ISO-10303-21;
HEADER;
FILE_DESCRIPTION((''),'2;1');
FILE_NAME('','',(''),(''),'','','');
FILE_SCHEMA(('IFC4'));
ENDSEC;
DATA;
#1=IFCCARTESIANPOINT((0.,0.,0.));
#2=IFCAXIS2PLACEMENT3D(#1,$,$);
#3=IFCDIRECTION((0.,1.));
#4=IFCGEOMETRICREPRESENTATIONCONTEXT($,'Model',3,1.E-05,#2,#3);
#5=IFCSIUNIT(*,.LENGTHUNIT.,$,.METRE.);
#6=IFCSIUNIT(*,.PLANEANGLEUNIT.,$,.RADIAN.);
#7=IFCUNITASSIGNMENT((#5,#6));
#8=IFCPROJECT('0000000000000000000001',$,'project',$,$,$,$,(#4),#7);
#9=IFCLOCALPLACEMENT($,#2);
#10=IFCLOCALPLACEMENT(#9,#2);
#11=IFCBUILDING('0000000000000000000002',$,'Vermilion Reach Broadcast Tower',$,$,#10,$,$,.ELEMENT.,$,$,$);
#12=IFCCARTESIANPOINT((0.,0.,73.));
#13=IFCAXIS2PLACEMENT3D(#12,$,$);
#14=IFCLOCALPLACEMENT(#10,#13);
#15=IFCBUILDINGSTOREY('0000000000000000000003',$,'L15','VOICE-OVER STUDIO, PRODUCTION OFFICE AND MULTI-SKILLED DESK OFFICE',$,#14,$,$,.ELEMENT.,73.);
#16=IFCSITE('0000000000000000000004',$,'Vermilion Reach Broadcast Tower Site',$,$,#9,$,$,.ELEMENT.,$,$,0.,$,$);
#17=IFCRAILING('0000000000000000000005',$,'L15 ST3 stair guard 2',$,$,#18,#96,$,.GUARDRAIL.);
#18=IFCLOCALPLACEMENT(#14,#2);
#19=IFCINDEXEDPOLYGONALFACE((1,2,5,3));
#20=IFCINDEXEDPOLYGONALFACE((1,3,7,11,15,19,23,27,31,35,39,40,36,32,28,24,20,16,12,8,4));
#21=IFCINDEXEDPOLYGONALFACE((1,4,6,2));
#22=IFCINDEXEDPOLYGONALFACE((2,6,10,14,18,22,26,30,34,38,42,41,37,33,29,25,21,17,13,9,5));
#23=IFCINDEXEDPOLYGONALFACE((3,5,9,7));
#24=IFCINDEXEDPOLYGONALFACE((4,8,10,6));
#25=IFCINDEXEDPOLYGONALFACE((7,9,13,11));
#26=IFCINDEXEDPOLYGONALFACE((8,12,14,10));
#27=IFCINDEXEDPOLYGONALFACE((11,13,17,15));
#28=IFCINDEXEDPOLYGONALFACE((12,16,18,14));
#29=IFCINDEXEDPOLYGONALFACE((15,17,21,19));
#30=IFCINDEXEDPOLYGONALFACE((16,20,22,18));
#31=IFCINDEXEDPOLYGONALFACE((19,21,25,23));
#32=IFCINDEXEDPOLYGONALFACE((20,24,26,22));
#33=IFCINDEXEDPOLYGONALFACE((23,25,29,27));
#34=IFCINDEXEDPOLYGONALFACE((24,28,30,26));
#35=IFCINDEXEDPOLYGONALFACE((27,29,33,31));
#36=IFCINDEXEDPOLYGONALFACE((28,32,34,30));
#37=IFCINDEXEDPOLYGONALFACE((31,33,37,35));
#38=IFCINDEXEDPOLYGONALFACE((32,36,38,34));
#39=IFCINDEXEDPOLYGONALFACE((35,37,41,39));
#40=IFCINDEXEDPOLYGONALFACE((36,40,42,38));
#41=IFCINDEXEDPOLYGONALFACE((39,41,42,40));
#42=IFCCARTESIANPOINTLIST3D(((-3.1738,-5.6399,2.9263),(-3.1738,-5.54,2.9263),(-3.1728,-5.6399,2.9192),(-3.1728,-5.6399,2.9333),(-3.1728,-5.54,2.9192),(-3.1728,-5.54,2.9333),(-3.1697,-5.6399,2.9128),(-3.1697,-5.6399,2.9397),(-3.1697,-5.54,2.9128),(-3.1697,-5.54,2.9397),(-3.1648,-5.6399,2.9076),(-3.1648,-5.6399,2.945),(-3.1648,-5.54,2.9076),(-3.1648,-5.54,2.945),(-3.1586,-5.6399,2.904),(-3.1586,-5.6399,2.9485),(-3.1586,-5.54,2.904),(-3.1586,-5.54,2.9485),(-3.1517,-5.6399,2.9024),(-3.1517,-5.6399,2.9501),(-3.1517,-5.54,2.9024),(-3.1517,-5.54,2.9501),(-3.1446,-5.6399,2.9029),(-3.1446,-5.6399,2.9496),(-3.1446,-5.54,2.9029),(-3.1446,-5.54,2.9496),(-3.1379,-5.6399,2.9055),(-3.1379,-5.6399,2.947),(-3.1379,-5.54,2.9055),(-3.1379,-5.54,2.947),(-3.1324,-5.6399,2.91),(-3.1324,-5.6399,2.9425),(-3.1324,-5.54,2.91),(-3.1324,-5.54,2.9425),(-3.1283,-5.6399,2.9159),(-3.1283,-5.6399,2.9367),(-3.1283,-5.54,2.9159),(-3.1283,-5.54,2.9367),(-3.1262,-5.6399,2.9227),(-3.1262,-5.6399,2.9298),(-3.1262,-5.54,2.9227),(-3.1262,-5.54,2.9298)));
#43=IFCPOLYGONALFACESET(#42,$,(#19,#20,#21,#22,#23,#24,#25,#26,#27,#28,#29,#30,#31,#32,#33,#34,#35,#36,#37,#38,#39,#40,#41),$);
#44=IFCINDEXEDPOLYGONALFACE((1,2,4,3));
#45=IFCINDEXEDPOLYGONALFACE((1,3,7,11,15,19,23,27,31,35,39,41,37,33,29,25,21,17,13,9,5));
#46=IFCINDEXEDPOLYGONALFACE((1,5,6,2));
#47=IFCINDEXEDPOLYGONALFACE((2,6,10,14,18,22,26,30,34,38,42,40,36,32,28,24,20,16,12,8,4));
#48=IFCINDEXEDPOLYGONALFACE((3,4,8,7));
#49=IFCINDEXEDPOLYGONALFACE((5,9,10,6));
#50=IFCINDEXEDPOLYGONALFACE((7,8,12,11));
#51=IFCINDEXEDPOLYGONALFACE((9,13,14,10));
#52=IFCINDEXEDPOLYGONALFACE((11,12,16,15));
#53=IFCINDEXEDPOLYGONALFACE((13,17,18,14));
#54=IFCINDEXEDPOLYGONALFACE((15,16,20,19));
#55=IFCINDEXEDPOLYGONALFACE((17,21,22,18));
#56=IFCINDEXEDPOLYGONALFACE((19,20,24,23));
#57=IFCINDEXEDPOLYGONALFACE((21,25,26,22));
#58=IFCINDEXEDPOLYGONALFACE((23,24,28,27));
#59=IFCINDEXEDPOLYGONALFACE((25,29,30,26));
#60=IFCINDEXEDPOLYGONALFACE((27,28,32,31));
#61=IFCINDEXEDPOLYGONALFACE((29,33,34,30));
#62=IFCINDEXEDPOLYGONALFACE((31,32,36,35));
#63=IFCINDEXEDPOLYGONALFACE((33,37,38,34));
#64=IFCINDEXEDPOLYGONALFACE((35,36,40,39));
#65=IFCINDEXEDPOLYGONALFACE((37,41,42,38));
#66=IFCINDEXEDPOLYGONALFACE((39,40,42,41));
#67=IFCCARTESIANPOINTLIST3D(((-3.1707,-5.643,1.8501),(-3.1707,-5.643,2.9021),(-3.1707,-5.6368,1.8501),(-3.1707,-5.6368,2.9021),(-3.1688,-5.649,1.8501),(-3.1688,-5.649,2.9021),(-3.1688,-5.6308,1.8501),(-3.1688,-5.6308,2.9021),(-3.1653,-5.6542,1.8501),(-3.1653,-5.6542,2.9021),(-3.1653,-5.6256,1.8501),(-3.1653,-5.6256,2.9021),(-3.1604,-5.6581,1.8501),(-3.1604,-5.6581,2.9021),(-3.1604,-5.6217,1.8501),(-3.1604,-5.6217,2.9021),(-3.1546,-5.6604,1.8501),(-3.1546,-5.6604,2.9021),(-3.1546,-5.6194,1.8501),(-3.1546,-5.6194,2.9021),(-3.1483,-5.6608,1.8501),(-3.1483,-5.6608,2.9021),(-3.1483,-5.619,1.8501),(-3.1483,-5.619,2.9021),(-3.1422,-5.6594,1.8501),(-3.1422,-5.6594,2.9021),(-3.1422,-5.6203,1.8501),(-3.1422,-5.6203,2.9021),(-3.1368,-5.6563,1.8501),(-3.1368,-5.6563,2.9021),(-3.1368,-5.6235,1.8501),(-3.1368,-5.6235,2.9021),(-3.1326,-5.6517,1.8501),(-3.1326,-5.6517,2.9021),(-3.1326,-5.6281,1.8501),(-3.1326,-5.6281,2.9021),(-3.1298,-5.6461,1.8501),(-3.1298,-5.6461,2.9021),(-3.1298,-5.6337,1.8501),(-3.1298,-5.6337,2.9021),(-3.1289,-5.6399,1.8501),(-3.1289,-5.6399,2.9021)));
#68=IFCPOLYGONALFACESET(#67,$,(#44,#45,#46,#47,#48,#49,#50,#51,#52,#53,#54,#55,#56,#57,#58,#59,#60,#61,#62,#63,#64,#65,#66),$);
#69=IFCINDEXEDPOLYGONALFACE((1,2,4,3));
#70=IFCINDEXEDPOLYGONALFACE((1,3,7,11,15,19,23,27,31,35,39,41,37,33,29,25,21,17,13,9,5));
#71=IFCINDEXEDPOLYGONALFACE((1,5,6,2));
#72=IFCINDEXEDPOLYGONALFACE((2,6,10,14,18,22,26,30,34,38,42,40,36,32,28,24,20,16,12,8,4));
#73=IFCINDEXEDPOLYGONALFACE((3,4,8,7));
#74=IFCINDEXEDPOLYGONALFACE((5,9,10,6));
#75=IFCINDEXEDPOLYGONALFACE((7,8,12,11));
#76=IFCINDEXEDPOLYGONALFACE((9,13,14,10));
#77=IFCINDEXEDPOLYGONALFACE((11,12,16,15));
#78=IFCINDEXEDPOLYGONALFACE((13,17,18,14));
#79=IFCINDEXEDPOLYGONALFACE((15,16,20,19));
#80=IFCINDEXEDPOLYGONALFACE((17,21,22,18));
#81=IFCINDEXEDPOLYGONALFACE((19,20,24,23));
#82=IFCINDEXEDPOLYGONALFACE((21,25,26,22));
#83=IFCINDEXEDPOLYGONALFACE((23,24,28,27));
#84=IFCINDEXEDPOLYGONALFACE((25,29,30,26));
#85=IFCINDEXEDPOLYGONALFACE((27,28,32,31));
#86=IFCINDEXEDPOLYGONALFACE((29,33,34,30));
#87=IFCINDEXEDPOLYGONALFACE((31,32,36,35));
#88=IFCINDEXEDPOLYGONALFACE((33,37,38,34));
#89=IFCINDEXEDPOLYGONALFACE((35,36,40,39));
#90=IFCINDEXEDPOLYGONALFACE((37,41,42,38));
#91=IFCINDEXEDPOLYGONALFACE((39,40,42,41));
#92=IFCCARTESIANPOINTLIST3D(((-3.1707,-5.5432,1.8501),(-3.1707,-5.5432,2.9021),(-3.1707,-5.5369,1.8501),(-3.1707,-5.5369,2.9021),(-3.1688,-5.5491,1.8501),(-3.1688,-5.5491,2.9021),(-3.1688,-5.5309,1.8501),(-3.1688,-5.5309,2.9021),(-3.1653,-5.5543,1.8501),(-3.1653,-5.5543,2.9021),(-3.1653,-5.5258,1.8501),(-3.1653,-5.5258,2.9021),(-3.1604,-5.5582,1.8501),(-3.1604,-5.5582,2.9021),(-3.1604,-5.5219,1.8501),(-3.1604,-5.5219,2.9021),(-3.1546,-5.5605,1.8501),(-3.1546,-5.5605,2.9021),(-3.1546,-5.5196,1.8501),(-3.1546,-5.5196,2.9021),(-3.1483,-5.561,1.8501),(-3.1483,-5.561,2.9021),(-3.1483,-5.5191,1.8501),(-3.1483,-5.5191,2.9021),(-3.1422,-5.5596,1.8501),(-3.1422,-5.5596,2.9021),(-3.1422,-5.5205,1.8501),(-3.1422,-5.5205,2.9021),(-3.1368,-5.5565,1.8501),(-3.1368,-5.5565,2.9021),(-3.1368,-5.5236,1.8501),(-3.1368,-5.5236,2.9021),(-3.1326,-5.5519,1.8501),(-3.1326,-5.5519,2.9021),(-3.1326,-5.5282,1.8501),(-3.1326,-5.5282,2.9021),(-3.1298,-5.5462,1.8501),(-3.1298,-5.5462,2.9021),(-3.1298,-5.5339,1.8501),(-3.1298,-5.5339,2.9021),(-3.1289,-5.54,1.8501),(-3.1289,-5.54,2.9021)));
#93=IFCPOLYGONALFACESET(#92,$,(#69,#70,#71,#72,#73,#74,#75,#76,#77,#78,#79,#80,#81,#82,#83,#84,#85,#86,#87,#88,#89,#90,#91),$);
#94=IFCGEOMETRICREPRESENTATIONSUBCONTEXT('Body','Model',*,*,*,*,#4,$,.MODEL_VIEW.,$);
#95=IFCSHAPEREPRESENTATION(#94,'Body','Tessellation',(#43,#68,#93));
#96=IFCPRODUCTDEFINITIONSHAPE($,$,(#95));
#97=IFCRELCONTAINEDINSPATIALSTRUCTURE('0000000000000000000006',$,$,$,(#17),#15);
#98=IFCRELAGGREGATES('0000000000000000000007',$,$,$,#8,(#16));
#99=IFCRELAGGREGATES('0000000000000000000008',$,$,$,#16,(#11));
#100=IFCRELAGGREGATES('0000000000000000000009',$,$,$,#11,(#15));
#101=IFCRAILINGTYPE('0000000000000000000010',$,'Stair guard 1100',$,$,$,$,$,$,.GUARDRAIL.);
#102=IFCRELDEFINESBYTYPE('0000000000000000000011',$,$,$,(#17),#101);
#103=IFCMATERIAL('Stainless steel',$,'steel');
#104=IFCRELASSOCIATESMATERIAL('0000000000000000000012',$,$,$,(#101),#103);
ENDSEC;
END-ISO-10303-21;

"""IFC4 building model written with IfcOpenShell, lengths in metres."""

from ifc_helpers import new_model, si_unit, direction, frame, origin, origin_2d, place, context, subcontext, project, spatial, circle, extrude, material, type_object, element, save


model = new_model("IFC4")

# Units and contexts
model_context = context("Model", 3, precision=1e-05, world=origin(), true_north=direction((0.0, 1.0)))
body_context = subcontext(model_context, "Body", "Model", "MODEL_VIEW")
ifc_project = project(units=[si_unit("LENGTHUNIT", "METRE"), si_unit("PLANEANGLEUNIT", "RADIAN")], contexts=[model_context])

# Site, building, storey
site_placement = place(None, origin())
site = spatial("IfcSite", under=ifc_project, at=site_placement, Name="Vermilion Reach Broadcast Tower Site", CompositionType="ELEMENT", RefElevation=0.0)
building_placement = place(site_placement, origin())
building = spatial("IfcBuilding", under=site, at=building_placement, Name="Vermilion Reach Broadcast Tower", CompositionType="ELEMENT")
storey_placement = place(building_placement, frame((0.0, 0.0, 73.0)))
storey = spatial("IfcBuildingStorey", under=building, at=storey_placement, Name="L15", Description="VOICE-OVER STUDIO, PRODUCTION OFFICE AND MULTI-SKILLED DESK OFFICE", CompositionType="ELEMENT", Elevation=73.0)

# Railing
ifc_material_1 = material(Name="Stainless steel", Category="steel")
railing_type_1 = type_object("IfcRailingType", Name="Stair guard 1100", PredefinedType="GUARDRAIL", material=ifc_material_1)
railing_1_placement = place(storey_placement, frame((-3.1499, -5.6399, 1.8501)))
element("IfcRailing", 1, at=railing_1_placement, inside=storey, type_object=railing_type_1, Name="L15 ST3 stair guard 2", PredefinedType="GUARDRAIL", context=body_context, shape_type="SweptSolid", body=[
    extrude(circle(Radius=0.0239, at=origin_2d()), frame((0.0, 0.0, 1.0762), z_axis=(0.0, 1.0, 0.0), x_axis=(-1.0, 0.0, 0.0)), (0.0, 0.0, 1.0), 0.0999),
    extrude(circle(Radius=0.021, at=origin_2d()), origin(), (0.0, 0.0, 1.0), 1.052),
    extrude(circle(Radius=0.021, at=origin_2d()), frame((0.0, 0.0999, 0.0)), (0.0, 0.0, 1.0), 1.052),
])

save(model, "model.ifc")
